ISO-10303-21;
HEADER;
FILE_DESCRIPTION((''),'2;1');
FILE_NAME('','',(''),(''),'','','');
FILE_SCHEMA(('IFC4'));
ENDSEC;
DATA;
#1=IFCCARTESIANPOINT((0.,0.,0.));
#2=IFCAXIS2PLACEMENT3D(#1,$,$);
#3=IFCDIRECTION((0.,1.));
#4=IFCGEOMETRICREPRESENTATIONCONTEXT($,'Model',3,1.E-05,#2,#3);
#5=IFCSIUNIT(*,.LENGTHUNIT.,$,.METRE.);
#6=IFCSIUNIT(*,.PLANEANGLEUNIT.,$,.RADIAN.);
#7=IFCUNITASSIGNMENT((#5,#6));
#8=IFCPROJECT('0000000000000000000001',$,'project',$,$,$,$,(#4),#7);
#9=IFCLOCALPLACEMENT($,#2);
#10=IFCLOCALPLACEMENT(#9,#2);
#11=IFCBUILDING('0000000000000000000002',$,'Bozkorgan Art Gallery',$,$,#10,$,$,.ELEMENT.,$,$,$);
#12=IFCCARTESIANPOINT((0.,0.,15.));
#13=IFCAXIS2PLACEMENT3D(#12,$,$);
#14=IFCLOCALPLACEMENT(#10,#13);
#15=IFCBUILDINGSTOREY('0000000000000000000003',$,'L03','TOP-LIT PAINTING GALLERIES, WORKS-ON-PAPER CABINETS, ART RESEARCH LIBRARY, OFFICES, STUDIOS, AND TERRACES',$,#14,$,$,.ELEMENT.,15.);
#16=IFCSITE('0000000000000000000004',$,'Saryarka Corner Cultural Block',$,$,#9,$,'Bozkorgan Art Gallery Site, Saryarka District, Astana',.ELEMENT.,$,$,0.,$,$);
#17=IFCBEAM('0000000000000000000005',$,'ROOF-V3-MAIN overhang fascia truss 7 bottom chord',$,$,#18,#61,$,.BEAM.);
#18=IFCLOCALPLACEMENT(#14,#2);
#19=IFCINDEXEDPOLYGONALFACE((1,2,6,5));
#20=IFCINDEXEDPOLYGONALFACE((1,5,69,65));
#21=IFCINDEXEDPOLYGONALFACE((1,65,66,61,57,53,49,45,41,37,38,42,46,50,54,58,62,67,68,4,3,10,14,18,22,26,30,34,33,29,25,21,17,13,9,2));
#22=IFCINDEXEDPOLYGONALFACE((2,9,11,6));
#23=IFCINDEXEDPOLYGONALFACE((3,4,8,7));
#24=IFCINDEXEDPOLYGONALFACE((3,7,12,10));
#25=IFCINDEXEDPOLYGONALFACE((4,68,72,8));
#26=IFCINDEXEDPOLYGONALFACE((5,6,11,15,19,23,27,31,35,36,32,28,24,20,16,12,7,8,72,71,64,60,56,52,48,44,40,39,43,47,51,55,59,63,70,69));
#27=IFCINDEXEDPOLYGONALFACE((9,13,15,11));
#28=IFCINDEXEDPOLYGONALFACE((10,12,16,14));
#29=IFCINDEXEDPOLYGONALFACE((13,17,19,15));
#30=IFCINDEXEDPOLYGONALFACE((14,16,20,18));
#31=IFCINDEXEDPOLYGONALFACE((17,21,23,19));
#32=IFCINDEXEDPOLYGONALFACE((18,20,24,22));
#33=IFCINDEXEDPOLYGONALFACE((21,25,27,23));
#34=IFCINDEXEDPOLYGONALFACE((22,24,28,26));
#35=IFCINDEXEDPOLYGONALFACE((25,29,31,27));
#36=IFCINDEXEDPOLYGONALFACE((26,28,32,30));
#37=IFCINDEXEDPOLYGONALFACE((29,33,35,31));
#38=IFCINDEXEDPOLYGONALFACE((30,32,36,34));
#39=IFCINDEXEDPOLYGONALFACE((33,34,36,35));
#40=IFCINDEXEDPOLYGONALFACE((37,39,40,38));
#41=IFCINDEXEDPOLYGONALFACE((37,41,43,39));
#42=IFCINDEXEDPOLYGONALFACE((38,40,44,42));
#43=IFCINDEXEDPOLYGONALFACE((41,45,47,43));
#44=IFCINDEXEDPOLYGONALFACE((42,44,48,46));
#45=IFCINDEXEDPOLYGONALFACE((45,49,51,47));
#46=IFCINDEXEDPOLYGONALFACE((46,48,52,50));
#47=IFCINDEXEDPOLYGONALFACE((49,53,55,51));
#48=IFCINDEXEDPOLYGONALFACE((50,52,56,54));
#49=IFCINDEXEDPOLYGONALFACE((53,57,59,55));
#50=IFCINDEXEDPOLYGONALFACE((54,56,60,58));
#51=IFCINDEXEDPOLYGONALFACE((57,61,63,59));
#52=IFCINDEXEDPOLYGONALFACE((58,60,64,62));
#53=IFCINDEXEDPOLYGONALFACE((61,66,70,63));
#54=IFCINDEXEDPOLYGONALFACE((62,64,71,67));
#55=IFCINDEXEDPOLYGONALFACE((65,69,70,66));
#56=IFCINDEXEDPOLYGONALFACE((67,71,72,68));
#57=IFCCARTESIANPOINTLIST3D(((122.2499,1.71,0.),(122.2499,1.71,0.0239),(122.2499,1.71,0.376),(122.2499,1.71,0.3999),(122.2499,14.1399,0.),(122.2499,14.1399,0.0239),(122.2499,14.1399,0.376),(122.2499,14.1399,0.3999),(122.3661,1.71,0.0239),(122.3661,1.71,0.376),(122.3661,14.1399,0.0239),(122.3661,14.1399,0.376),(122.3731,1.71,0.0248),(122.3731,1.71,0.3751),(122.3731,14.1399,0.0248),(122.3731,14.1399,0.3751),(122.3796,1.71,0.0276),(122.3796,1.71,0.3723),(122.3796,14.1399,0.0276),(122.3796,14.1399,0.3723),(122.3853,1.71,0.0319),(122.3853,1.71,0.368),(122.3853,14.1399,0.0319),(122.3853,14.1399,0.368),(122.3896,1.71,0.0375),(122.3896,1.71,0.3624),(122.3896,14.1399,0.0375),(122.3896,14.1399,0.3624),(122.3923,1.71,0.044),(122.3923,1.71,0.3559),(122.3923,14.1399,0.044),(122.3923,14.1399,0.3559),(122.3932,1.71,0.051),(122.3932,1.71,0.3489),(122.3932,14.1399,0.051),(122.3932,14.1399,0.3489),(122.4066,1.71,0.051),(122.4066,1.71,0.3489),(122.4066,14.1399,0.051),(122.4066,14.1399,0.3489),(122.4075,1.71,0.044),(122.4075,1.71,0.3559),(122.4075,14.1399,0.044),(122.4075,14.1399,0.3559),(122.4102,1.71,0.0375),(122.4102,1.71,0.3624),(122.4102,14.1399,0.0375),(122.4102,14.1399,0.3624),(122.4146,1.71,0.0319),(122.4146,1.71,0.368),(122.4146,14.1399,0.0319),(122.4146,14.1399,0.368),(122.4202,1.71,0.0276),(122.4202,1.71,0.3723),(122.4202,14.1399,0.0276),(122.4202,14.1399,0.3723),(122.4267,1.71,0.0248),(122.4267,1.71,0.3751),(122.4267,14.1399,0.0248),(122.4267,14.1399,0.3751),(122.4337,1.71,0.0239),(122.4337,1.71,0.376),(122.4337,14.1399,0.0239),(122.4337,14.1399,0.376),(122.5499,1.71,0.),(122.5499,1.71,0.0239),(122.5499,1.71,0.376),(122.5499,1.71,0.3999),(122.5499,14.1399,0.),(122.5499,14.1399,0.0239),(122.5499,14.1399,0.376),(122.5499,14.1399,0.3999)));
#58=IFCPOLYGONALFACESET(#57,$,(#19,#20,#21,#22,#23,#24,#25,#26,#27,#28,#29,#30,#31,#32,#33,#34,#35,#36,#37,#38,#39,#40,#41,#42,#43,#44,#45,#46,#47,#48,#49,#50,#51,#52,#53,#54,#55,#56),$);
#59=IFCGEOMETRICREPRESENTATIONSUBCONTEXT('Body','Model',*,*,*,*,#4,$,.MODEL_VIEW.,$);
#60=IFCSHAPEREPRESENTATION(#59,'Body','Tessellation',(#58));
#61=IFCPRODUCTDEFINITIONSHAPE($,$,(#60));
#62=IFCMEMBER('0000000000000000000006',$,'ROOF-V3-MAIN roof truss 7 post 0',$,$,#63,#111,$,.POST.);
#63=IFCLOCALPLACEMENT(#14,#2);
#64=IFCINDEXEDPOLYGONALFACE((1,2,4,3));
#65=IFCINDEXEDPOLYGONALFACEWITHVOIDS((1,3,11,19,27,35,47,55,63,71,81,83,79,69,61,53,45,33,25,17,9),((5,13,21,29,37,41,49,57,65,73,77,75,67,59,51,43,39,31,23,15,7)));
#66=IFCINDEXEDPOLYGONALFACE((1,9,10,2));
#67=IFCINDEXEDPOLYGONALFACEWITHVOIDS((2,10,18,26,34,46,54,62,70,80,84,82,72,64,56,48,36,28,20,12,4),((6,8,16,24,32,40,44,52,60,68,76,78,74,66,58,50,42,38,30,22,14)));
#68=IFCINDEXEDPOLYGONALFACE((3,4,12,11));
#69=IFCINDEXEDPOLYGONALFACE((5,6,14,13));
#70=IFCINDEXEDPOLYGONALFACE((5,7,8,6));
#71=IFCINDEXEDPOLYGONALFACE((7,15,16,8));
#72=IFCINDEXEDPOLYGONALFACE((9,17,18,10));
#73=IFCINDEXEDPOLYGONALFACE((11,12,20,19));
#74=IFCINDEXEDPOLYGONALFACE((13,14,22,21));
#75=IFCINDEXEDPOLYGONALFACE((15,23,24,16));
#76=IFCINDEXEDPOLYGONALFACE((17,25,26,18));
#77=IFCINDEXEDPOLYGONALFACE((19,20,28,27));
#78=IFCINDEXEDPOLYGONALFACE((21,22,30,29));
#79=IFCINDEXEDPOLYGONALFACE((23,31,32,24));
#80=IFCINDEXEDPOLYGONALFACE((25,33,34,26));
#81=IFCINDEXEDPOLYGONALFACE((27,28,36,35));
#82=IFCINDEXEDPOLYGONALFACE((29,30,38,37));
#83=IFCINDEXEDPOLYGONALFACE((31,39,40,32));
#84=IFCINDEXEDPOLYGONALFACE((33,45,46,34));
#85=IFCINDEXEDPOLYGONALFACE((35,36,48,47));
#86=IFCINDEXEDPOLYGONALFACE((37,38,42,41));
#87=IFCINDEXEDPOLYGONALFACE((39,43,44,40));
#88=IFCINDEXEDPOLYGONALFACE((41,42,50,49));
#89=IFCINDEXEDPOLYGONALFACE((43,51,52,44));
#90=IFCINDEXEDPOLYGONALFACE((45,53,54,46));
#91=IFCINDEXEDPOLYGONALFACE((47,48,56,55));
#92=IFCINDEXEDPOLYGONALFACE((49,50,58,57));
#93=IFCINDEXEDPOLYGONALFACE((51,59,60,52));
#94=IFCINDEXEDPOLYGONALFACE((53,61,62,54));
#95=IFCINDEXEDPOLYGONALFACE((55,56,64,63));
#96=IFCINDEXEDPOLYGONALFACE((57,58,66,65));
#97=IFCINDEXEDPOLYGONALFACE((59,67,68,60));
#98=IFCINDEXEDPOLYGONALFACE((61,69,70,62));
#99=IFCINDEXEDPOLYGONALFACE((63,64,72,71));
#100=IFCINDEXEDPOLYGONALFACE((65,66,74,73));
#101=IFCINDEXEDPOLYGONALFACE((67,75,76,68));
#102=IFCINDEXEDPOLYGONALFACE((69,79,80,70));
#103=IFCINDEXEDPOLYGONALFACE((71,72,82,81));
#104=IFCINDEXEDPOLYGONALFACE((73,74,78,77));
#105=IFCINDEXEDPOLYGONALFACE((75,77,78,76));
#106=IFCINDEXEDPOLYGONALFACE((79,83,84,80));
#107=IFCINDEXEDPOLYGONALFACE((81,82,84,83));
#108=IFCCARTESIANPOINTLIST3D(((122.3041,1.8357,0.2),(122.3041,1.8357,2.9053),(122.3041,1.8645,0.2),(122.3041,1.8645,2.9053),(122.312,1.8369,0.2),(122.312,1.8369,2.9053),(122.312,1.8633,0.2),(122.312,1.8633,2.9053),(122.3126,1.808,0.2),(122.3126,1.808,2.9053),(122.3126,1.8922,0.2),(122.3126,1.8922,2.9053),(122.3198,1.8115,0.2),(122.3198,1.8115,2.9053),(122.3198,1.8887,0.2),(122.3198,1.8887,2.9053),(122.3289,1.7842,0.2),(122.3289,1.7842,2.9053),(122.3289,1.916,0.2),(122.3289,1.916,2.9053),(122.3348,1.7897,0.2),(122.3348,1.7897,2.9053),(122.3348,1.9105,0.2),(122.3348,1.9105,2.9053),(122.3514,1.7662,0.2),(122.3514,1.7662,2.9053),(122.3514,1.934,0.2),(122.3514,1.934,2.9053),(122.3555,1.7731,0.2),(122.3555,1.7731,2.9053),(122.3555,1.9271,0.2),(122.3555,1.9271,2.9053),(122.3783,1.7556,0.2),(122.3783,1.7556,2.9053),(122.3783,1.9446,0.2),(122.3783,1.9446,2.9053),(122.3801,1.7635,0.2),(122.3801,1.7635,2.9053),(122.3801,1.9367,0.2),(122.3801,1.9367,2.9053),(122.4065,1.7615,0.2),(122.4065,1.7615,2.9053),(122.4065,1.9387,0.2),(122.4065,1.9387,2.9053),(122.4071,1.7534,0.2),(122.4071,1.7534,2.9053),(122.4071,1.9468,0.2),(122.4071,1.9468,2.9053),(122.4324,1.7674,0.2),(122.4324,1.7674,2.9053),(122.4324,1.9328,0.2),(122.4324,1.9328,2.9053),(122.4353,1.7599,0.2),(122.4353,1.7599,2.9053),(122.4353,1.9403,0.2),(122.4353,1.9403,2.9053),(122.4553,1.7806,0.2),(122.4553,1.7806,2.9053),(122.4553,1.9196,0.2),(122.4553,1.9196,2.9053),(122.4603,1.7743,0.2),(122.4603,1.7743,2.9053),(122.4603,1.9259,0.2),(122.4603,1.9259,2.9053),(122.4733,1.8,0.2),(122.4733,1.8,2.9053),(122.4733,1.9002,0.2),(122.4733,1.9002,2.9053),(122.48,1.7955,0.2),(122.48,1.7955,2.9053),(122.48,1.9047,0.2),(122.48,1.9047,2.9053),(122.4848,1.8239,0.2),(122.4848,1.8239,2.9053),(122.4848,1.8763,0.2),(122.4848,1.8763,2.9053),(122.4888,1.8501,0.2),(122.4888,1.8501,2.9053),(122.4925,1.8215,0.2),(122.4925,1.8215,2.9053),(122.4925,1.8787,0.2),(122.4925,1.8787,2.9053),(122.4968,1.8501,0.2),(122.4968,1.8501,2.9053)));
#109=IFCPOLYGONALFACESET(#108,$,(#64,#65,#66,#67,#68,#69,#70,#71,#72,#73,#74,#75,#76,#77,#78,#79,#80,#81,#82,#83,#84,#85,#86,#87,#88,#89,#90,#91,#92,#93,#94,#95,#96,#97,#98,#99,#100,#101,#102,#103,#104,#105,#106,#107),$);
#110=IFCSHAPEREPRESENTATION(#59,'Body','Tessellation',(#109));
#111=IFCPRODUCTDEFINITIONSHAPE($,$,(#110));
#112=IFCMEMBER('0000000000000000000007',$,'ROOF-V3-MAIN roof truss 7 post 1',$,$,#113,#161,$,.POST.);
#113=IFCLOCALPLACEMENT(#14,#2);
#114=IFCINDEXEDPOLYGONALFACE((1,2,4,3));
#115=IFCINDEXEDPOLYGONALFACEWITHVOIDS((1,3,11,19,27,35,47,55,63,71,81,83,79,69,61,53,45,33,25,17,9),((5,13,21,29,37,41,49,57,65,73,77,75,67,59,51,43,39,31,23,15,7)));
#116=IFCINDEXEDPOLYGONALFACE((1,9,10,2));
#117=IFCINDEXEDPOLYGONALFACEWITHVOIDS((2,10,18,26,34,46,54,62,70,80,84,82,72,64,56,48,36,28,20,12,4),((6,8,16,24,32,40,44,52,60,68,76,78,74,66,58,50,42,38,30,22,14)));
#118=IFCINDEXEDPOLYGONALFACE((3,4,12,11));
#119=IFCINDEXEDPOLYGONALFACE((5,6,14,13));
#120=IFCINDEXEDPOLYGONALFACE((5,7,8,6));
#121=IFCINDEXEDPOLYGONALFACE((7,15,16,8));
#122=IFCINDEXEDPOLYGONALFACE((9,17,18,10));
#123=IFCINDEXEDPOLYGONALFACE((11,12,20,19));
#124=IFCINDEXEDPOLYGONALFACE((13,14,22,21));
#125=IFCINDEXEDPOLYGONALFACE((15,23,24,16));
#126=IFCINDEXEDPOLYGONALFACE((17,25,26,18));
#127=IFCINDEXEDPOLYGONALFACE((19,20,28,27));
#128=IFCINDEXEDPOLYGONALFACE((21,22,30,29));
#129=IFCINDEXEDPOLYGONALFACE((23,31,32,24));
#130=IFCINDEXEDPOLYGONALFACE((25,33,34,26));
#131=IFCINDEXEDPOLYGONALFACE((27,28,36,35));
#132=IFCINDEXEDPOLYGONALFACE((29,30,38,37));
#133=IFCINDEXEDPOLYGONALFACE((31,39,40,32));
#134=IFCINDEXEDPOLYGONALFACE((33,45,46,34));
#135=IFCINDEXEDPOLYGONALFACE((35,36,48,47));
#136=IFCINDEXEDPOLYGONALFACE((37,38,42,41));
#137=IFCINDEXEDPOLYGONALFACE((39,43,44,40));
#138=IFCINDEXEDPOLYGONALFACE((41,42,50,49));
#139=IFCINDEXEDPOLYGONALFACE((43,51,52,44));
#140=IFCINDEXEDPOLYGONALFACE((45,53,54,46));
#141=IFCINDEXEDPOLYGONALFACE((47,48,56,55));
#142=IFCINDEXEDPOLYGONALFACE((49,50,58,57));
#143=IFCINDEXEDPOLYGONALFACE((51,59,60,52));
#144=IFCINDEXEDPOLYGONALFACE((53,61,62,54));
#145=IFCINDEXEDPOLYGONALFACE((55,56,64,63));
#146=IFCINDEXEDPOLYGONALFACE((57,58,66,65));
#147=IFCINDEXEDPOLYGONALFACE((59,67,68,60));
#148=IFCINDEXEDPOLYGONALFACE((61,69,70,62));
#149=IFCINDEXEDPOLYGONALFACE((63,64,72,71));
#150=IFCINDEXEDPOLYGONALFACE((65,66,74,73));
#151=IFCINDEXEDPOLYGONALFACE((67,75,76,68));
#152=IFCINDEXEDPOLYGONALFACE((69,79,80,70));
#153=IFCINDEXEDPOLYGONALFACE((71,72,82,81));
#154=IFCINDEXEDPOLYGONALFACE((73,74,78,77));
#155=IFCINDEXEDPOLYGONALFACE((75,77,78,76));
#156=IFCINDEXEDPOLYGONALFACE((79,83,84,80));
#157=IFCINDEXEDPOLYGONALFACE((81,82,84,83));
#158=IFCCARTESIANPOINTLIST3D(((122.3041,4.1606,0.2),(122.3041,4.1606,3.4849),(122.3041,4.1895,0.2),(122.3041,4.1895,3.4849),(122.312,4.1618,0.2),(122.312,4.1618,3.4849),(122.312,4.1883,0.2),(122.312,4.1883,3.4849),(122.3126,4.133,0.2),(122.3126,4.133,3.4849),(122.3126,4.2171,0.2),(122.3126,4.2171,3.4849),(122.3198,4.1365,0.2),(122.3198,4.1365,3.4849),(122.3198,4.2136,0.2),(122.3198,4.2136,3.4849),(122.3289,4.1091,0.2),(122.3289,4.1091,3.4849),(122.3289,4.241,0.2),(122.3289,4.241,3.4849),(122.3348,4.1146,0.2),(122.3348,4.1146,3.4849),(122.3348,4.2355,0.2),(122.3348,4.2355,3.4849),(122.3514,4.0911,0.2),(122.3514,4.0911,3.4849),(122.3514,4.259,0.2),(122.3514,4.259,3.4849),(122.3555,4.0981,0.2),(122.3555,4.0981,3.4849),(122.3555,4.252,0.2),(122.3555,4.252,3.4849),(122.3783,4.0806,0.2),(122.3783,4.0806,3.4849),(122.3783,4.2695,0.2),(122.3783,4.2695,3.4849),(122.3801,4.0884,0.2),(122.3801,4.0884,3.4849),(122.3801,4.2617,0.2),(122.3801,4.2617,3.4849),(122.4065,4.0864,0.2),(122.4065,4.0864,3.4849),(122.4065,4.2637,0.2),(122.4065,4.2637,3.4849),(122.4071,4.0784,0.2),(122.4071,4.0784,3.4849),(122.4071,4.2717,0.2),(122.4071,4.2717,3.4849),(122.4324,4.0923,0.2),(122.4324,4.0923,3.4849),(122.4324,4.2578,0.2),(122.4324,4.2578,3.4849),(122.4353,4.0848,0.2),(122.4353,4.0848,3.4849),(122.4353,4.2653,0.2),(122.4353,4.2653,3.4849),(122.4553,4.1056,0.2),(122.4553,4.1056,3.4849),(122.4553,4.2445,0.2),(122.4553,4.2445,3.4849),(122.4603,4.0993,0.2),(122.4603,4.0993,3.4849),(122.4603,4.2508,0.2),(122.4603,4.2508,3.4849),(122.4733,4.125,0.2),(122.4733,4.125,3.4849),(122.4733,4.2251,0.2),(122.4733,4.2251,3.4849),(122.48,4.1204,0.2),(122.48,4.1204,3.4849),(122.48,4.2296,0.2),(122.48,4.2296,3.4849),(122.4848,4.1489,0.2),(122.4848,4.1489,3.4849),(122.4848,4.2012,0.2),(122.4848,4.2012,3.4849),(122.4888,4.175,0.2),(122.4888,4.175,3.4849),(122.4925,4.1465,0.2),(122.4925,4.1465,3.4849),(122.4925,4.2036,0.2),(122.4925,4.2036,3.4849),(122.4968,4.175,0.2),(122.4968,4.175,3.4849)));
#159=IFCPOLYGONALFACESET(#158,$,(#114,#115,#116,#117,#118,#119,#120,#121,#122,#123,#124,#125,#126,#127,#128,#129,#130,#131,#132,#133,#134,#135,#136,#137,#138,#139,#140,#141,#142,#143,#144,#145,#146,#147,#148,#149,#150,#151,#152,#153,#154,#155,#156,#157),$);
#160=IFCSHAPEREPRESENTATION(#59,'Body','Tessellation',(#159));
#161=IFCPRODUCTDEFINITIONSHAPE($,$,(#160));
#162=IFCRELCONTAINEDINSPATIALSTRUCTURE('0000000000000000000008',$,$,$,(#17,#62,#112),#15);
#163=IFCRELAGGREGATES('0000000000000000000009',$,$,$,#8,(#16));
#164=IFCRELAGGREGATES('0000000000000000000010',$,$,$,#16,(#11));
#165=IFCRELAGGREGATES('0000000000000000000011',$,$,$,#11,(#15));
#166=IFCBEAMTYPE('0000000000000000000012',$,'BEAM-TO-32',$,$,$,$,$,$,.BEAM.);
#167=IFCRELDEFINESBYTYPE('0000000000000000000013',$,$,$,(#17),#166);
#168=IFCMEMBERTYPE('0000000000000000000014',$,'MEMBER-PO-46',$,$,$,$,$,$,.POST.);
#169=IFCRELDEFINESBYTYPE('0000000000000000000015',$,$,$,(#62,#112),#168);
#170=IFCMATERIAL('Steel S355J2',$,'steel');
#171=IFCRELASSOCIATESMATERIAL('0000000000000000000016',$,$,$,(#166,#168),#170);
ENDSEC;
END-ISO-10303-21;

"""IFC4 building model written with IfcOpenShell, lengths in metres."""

from ifc_helpers import new_model, si_unit, direction, frame, origin, origin_2d, place, context, subcontext, project, spatial, hollow_circle, i_section, extrude, material, material_profile, profile_set, type_object, element, save


model = new_model("IFC4")

# Units and contexts
model_context = context("Model", 3, precision=1e-05, world=origin(), true_north=direction((0.0, 1.0)))
body_context = subcontext(model_context, "Body", "Model", "MODEL_VIEW")
ifc_project = project(units=[si_unit("LENGTHUNIT", "METRE"), si_unit("PLANEANGLEUNIT", "RADIAN")], contexts=[model_context])

# Site, building, storey
site_placement = place(None, origin())
site = spatial("IfcSite", under=ifc_project, at=site_placement, Name="Saryarka Corner Cultural Block", LongName="Bozkorgan Art Gallery Site, Saryarka District, Astana", CompositionType="ELEMENT", RefElevation=0.0)
building_placement = place(site_placement, origin())
building = spatial("IfcBuilding", under=site, at=building_placement, Name="Bozkorgan Art Gallery", CompositionType="ELEMENT")
storey_placement = place(building_placement, frame((0.0, 0.0, 15.0)))
storey = spatial("IfcBuildingStorey", under=building, at=storey_placement, Name="L03", Description="TOP-LIT PAINTING GALLERIES, WORKS-ON-PAPER CABINETS, ART RESEARCH LIBRARY, OFFICES, STUDIOS, AND TERRACES", CompositionType="ELEMENT", Elevation=15.0)

# Beam
ifc_material = material(Name="Steel S355J2", Category="steel")
ifc_material_profile_1 = material_profile(ifc_material, i_section(OverallWidth=0.3, OverallDepth=0.3999, WebThickness=0.0134, FlangeThickness=0.0239, FilletRadius=0.0271, at=origin_2d()), Name="HEB 400")
ifc_profile_set_1 = profile_set([ifc_material_profile_1], Name="Steel S355J2")
beam_type = type_object("IfcBeamType", Name="BEAM-TO-32", PredefinedType="BEAM", material=ifc_profile_set_1)
beam_placement = place(storey_placement, frame((122.3999, 1.71, 0.2), z_axis=(0.0, 1.0, 0.0), x_axis=(-1.0, 0.0, 0.0)))
element("IfcBeam", 1, at=beam_placement, inside=storey, type_object=beam_type, Name="ROOF-V3-MAIN overhang fascia truss 7 bottom chord", PredefinedType="BEAM", context=body_context, shape_type="SweptSolid", body=[
    extrude(i_section(OverallWidth=0.3, OverallDepth=0.3999, WebThickness=0.0134, FlangeThickness=0.0239, FilletRadius=0.0271, at=origin_2d()), origin(), (0.0, 0.0, 1.0), 12.4299),
])

# Members
ifc_material_profile_2 = material_profile(ifc_material, hollow_circle(Radius=0.0969, WallThickness=0.0081, at=origin_2d()), Name="CHS 193.7x8")
ifc_profile_set_2 = profile_set([ifc_material_profile_2], Name="Steel S355J2")
member_type_1 = type_object("IfcMemberType", Name="MEMBER-PO-46", PredefinedType="POST", material=ifc_profile_set_2)
member_1_placement = place(storey_placement, frame((122.3999, 1.8501, 0.2), z_axis=(0.0, 0.0, 1.0), x_axis=(1.0, 0.0, 0.0)))
element("IfcMember", 2, at=member_1_placement, inside=storey, type_object=member_type_1, Name="ROOF-V3-MAIN roof truss 7 post 0", PredefinedType="POST", context=body_context, shape_type="SweptSolid", body=[
    extrude(hollow_circle(Radius=0.0969, WallThickness=0.0081, at=origin_2d()), origin(), (0.0, 0.0, 1.0), 2.7053),
])
member_2_placement = place(storey_placement, frame((122.3999, 4.175, 0.2), z_axis=(0.0, 0.0, 1.0), x_axis=(1.0, 0.0, 0.0)))
element("IfcMember", 3, at=member_2_placement, inside=storey, type_object=member_type_1, Name="ROOF-V3-MAIN roof truss 7 post 1", PredefinedType="POST", context=body_context, shape_type="SweptSolid", body=[
    extrude(hollow_circle(Radius=0.0969, WallThickness=0.0081, at=origin_2d()), origin(), (0.0, 0.0, 1.0), 3.2849),
])

save(model, "model.ifc")
